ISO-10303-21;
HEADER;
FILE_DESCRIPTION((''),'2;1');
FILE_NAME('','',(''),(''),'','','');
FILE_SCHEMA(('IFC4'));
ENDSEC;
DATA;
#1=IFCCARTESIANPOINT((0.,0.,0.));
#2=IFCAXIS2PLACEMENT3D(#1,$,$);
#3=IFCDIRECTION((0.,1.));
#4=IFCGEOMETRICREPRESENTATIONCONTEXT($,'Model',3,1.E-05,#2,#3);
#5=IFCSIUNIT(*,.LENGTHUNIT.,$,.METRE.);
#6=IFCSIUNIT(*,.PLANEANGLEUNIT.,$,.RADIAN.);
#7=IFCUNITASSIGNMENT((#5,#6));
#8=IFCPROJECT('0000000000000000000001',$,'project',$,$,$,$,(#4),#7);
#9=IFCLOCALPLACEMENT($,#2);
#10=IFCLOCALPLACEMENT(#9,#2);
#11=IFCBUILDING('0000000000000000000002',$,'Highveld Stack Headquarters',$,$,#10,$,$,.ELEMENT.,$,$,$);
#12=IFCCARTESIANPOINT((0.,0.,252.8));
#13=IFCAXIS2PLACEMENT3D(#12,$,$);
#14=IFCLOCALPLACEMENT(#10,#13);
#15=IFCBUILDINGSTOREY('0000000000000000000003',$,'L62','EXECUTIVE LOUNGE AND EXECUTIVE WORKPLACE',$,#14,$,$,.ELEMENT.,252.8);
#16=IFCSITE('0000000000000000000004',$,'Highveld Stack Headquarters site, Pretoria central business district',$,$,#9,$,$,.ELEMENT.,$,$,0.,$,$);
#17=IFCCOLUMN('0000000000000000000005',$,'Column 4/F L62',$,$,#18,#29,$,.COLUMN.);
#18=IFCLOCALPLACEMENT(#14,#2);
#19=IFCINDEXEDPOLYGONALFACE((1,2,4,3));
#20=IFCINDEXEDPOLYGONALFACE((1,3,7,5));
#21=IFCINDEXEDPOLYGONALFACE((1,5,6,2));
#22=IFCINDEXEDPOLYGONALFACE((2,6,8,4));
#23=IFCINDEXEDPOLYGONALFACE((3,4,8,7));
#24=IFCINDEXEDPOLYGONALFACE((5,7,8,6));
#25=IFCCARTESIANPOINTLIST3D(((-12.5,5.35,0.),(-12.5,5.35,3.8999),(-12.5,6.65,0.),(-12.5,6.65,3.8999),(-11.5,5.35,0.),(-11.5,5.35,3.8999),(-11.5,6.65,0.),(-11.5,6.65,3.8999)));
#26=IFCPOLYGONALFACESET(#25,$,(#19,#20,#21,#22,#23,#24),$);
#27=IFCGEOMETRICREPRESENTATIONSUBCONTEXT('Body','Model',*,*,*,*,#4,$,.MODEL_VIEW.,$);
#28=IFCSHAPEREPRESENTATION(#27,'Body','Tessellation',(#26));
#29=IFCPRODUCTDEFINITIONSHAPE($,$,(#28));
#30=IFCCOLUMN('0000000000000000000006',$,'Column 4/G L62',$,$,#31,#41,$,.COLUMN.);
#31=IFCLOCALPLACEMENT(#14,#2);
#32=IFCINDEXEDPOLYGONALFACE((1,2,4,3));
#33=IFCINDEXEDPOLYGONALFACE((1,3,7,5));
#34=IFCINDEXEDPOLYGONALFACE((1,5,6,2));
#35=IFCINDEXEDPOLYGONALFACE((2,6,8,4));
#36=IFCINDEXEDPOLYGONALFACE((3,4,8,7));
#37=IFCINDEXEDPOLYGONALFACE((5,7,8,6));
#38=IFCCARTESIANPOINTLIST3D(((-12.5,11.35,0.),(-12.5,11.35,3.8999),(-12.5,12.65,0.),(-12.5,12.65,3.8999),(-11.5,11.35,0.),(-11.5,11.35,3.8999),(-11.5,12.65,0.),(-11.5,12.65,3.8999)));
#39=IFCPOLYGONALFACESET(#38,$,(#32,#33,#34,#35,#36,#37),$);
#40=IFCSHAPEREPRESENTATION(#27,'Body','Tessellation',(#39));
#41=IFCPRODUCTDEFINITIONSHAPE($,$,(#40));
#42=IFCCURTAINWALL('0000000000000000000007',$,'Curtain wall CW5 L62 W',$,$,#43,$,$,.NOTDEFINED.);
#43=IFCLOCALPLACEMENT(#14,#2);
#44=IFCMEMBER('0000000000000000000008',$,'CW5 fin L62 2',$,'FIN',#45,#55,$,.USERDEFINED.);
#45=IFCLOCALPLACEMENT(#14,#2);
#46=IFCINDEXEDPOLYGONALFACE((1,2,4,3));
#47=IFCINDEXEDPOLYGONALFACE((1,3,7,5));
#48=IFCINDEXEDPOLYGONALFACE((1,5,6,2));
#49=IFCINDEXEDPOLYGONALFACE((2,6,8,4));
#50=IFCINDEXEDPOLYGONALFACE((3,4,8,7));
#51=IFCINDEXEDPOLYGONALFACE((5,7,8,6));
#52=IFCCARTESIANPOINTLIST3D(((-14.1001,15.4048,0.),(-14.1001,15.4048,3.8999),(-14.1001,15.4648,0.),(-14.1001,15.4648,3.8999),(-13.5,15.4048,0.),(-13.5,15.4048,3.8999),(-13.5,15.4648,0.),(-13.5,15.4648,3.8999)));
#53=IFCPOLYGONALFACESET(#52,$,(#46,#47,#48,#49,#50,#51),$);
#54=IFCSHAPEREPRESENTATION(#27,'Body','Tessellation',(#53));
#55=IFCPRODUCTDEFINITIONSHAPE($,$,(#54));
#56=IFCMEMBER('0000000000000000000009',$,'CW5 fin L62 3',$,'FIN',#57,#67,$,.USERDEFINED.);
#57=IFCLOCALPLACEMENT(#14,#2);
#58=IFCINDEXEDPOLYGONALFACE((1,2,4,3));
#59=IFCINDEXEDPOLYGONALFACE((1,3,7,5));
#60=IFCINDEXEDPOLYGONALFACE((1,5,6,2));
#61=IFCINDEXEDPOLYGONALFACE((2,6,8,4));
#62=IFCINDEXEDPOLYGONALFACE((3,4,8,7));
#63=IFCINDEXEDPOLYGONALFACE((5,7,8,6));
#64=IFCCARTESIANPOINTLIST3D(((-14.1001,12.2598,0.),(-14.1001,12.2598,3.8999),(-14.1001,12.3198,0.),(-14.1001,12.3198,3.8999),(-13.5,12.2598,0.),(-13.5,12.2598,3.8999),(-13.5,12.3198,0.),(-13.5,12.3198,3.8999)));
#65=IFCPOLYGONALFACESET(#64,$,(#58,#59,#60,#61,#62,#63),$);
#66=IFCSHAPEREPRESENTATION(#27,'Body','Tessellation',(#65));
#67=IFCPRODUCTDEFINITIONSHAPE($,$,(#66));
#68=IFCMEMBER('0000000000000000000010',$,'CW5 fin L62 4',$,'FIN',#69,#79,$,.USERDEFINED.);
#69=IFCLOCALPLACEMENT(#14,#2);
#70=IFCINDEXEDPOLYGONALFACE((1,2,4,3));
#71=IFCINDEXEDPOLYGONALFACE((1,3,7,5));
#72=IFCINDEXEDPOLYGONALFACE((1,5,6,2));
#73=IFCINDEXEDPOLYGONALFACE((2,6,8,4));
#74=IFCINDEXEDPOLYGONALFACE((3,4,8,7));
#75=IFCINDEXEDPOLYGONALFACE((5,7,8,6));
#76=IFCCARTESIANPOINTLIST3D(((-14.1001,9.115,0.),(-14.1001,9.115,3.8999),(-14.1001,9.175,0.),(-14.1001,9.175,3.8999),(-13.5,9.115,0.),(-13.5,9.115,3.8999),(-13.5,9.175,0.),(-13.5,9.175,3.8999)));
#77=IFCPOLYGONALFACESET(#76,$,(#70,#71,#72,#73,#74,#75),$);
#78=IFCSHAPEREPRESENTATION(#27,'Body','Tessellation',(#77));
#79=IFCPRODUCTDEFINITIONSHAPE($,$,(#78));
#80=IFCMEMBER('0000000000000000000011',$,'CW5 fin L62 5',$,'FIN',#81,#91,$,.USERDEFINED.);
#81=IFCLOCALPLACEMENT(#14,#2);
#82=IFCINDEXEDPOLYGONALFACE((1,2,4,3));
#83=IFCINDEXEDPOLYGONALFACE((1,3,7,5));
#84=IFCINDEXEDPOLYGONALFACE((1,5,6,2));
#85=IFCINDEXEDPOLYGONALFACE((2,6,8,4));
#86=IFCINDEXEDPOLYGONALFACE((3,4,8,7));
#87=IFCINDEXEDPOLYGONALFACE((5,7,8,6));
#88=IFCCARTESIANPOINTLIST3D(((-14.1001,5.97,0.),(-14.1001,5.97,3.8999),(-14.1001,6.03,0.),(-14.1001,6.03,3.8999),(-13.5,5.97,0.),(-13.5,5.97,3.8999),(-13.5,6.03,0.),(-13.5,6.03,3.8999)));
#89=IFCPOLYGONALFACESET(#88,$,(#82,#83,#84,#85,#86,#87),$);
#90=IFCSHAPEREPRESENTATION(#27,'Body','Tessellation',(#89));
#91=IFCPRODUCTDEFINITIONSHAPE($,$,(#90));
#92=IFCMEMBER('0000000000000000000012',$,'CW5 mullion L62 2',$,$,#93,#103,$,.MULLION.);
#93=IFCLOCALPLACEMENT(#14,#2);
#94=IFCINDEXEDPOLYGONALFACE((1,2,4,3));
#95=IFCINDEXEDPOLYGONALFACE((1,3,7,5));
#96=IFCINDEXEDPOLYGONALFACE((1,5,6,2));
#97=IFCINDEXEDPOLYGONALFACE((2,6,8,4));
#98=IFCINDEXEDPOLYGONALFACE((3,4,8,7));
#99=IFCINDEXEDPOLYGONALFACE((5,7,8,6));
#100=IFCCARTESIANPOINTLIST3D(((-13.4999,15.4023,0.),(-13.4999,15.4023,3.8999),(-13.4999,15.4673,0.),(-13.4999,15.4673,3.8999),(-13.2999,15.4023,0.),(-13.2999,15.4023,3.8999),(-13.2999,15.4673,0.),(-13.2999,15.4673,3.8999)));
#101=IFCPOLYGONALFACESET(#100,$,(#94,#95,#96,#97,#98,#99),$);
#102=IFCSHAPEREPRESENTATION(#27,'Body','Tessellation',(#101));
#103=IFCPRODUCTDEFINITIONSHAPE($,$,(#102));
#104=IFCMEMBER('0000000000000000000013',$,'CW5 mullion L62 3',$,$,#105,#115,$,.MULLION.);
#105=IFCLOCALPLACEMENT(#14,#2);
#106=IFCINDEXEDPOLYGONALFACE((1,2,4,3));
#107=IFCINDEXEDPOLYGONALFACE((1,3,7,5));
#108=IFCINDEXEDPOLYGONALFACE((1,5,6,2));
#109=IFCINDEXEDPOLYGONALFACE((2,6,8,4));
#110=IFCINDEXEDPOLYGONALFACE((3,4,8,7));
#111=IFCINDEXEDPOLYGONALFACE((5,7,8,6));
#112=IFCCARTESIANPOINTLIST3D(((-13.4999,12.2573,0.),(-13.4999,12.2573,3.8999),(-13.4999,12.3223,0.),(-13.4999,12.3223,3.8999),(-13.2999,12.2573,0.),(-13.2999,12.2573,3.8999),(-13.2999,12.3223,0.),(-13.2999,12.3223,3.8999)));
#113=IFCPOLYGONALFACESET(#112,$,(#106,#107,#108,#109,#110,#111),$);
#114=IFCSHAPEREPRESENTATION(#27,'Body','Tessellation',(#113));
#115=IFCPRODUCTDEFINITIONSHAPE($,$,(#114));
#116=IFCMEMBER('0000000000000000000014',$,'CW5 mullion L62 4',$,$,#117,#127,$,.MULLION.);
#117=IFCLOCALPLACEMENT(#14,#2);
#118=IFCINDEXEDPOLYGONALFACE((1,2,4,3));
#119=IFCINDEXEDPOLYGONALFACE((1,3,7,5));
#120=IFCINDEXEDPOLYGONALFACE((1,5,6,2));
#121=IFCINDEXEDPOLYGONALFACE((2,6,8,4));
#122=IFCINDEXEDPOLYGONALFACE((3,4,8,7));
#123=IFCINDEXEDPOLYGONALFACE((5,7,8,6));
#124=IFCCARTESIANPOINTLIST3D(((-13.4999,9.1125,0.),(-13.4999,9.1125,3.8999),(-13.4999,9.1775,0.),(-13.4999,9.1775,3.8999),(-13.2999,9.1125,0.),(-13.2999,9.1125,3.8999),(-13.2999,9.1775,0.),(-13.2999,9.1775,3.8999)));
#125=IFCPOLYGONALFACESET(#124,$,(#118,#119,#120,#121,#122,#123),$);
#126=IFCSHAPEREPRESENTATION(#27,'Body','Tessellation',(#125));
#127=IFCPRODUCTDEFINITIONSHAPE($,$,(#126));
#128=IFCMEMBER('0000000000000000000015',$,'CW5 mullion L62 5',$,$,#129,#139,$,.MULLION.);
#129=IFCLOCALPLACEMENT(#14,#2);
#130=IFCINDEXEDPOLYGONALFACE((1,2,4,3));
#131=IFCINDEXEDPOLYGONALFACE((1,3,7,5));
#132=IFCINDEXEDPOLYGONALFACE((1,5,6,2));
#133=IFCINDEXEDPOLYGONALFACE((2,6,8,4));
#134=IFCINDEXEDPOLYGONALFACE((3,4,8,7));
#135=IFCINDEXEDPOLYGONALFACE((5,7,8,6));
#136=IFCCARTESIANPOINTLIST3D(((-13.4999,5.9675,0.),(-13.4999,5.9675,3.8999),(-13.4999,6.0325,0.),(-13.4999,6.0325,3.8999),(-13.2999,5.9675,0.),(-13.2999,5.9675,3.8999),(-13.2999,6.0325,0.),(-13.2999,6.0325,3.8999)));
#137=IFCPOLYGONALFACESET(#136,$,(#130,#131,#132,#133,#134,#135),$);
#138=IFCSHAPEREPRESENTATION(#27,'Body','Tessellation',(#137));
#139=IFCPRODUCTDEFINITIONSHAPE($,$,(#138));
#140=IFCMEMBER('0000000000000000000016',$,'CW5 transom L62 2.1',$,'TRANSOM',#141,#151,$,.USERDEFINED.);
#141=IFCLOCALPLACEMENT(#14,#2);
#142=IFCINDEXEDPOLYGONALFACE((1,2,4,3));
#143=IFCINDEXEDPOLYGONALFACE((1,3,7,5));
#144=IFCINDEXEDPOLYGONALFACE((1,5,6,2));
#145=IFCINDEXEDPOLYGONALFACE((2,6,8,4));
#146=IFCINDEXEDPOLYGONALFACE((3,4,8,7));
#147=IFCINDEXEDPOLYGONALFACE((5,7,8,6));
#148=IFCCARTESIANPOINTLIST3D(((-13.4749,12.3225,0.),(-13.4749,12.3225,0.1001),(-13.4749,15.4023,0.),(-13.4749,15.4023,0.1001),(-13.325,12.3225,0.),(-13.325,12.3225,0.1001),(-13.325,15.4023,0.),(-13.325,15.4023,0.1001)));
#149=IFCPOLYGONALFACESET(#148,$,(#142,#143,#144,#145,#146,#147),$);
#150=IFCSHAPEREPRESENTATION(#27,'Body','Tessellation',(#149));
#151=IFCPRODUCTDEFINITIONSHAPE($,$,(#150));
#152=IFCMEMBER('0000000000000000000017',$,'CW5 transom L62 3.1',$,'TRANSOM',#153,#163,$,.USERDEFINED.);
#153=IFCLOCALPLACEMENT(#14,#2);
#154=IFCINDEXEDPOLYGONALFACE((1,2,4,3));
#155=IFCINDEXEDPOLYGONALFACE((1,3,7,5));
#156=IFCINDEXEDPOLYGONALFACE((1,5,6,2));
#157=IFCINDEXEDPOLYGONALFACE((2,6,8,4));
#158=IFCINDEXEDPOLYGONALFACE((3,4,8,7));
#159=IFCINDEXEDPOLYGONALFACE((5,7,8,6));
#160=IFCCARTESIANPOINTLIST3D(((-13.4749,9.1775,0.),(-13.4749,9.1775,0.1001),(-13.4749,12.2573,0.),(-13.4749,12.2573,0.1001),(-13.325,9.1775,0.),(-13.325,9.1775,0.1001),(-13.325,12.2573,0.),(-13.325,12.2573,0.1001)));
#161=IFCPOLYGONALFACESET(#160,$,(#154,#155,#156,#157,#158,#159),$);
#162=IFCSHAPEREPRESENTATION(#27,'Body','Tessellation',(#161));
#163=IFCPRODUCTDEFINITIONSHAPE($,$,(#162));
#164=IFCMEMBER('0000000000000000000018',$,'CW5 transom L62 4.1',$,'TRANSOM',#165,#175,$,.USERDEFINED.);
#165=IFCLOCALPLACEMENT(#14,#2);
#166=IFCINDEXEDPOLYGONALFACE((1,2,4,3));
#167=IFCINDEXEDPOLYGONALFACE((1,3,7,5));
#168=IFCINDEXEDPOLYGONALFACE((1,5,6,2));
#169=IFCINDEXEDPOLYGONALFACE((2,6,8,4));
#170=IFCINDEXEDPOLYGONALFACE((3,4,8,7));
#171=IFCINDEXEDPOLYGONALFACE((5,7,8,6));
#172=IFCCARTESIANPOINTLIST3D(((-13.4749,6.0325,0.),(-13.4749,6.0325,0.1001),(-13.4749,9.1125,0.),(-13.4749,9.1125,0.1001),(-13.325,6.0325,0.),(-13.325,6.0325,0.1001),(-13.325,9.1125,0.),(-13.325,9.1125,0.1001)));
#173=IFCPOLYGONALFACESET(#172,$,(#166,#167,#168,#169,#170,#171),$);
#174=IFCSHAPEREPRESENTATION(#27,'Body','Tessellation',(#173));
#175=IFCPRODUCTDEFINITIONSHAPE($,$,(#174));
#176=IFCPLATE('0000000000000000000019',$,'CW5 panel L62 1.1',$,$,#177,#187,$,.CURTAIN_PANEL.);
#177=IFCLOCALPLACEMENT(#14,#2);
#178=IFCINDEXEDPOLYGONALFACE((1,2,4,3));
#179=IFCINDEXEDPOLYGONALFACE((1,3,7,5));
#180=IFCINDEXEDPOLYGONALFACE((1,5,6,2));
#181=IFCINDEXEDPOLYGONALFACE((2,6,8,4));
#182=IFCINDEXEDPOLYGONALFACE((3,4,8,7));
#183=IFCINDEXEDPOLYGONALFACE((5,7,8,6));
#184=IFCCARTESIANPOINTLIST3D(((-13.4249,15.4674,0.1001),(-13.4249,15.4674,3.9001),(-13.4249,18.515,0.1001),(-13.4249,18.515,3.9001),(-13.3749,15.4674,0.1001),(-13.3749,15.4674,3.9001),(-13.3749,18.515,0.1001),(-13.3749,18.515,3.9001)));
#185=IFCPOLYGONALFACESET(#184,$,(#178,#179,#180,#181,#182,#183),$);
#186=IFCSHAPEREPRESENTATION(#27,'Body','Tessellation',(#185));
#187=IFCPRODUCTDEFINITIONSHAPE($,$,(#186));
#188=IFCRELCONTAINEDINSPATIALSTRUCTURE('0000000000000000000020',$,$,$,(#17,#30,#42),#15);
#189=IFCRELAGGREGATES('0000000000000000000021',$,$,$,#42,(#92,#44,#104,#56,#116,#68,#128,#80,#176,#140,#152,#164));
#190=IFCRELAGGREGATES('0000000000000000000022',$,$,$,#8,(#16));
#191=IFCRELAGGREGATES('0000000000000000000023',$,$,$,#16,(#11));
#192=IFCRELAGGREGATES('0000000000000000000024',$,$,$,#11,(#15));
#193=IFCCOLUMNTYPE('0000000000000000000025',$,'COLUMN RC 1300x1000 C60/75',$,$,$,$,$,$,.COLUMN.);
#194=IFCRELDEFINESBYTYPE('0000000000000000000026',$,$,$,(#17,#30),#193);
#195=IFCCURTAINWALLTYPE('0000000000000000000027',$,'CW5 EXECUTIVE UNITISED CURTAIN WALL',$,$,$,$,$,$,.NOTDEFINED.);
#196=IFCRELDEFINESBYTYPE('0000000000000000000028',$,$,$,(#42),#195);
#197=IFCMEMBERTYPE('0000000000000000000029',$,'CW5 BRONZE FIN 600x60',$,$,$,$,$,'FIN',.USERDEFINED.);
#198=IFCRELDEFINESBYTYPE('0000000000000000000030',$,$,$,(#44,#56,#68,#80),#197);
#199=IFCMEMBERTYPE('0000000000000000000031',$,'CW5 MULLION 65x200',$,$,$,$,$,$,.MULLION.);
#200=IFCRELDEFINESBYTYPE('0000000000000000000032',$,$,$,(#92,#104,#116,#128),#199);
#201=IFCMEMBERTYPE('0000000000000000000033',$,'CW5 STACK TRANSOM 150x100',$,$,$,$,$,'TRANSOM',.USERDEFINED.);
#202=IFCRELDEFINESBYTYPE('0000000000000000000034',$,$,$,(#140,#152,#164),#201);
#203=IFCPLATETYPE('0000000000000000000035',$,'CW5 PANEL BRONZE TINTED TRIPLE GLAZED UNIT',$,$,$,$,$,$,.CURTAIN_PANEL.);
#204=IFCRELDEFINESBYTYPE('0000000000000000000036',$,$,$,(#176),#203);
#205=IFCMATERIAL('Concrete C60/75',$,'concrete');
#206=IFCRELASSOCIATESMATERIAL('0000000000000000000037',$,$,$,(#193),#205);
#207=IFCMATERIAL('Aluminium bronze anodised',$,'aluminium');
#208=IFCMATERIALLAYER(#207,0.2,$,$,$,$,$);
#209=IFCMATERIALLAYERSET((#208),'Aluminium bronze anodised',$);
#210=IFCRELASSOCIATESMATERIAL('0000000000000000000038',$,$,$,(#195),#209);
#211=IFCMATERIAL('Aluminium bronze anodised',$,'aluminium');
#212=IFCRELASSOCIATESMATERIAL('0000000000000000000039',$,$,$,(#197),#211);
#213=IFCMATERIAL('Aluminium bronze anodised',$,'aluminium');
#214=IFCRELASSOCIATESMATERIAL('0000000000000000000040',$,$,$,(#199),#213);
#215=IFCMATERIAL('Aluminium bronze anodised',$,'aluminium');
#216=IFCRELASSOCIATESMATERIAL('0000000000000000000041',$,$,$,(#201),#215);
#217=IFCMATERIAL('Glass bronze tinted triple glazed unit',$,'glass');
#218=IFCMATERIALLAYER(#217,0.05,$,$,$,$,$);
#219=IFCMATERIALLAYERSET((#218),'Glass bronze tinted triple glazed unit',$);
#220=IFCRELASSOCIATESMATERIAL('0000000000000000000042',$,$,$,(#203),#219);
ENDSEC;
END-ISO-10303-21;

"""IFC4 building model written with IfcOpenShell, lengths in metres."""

from ifc_helpers import new_model, si_unit, direction, frame, origin, origin_2d, place, context, subcontext, project, spatial, rectangle, extrude, material, layer, layer_set, material_profile, profile_set, type_object, element, aggregate, save


model = new_model("IFC4")

# Units and contexts
model_context = context("Model", 3, precision=1e-05, world=origin(), true_north=direction((0.0, 1.0)))
body_context = subcontext(model_context, "Body", "Model", "MODEL_VIEW")
ifc_project = project(units=[si_unit("LENGTHUNIT", "METRE"), si_unit("PLANEANGLEUNIT", "RADIAN")], contexts=[model_context])

# Site, building, storey
site_placement = place(None, origin())
site = spatial("IfcSite", under=ifc_project, at=site_placement, Name="Highveld Stack Headquarters site, Pretoria central business district", CompositionType="ELEMENT", RefElevation=0.0)
building_placement = place(site_placement, origin())
building = spatial("IfcBuilding", under=site, at=building_placement, Name="Highveld Stack Headquarters", CompositionType="ELEMENT")
storey_placement = place(building_placement, frame((0.0, 0.0, 252.8)))
storey = spatial("IfcBuildingStorey", under=building, at=storey_placement, Name="L62", Description="EXECUTIVE LOUNGE AND EXECUTIVE WORKPLACE", CompositionType="ELEMENT", Elevation=252.8)

# Columns
ifc_material_1 = material(Name="Concrete C60/75", Category="concrete")
ifc_material_profile_1 = material_profile(ifc_material_1, rectangle(XDim=1.3, YDim=1.0, at=origin_2d()), Name="RC 1300x1000")
ifc_profile_set_1 = profile_set([ifc_material_profile_1], Name="Concrete C60/75")
column_type = type_object("IfcColumnType", Name="COLUMN RC 1300x1000 C60/75", PredefinedType="COLUMN", material=ifc_profile_set_1)
for number, where, z_axis, x_axis, name in (
    (1, (-12.0, 6.0, 0.0), (0.0, 0.0, 1.0), (0.0, 1.0, 0.0), "Column 4/F L62"),
    (2, (-12.0, 12.0, 0.0), (0.0, 0.0, 1.0), (0.0, 1.0, 0.0), "Column 4/G L62"),
):
    element("IfcColumn", number, at=place(storey_placement, frame(where, z_axis=z_axis, x_axis=x_axis)), inside=storey, type_object=column_type, Name=name, PredefinedType="COLUMN", context=body_context, shape_type="SweptSolid", body=[
        extrude(rectangle(XDim=1.3, YDim=1.0, at=origin_2d()), origin(), (0.0, 0.0, 1.0), 3.8999),
    ])

# Curtain wall, members, plate
ifc_material_2 = material(Name="Aluminium bronze anodised", Category="aluminium")
ifc_layer_1 = layer(ifc_material_2, 0.2)
ifc_layer_set_1 = layer_set([ifc_layer_1], Name="Aluminium bronze anodised")
curtain_wall_type = type_object("IfcCurtainWallType", Name="CW5 EXECUTIVE UNITISED CURTAIN WALL", PredefinedType="NOTDEFINED", material=ifc_layer_set_1)
curtain_wall_placement = place(storey_placement, origin())
curtain_wall = element("IfcCurtainWall", 3, at=curtain_wall_placement, inside=storey, type_object=curtain_wall_type, Name="Curtain wall CW5 L62 W", PredefinedType="NOTDEFINED")
ifc_material_3 = material(Name="Aluminium bronze anodised", Category="aluminium")
ifc_material_profile_2 = material_profile(ifc_material_3, rectangle(XDim=0.6001, YDim=0.0601, at=origin_2d()), Name="FIN 600x60")
ifc_profile_set_2 = profile_set([ifc_material_profile_2], Name="Aluminium bronze anodised")
member_type_1 = type_object("IfcMemberType", Name="CW5 BRONZE FIN 600x60", ElementType="FIN", PredefinedType="USERDEFINED", material=ifc_profile_set_2)
member_1_placement = place(storey_placement, frame((-13.8, 15.4348, 0.0), z_axis=(0.0, 0.0, 1.0), x_axis=(1.0, 0.0, 0.0)))
member_1 = element("IfcMember", 4, at=member_1_placement, type_object=member_type_1, Name="CW5 fin L62 2", ObjectType="FIN", PredefinedType="USERDEFINED", context=body_context, shape_type="SweptSolid", body=[
    extrude(rectangle(XDim=0.6001, YDim=0.0601, at=origin_2d()), origin(), (0.0, 0.0, 1.0), 3.8999),
])
member_2_placement = place(storey_placement, frame((-13.8, 12.2898, 0.0), z_axis=(0.0, 0.0, 1.0), x_axis=(1.0, 0.0, 0.0)))
member_2 = element("IfcMember", 5, at=member_2_placement, type_object=member_type_1, Name="CW5 fin L62 3", ObjectType="FIN", PredefinedType="USERDEFINED", context=body_context, shape_type="SweptSolid", body=[
    extrude(rectangle(XDim=0.6001, YDim=0.0601, at=origin_2d()), origin(), (0.0, 0.0, 1.0), 3.8999),
])
member_3_placement = place(storey_placement, frame((-13.8, 9.145, 0.0), z_axis=(0.0, 0.0, 1.0), x_axis=(1.0, 0.0, 0.0)))
member_3 = element("IfcMember", 6, at=member_3_placement, type_object=member_type_1, Name="CW5 fin L62 4", ObjectType="FIN", PredefinedType="USERDEFINED", context=body_context, shape_type="SweptSolid", body=[
    extrude(rectangle(XDim=0.6001, YDim=0.0601, at=origin_2d()), origin(), (0.0, 0.0, 1.0), 3.8999),
])
member_4_placement = place(storey_placement, frame((-13.8, 6.0, 0.0), z_axis=(0.0, 0.0, 1.0), x_axis=(1.0, 0.0, 0.0)))
member_4 = element("IfcMember", 7, at=member_4_placement, type_object=member_type_1, Name="CW5 fin L62 5", ObjectType="FIN", PredefinedType="USERDEFINED", context=body_context, shape_type="SweptSolid", body=[
    extrude(rectangle(XDim=0.6001, YDim=0.0601, at=origin_2d()), origin(), (0.0, 0.0, 1.0), 3.8999),
])
ifc_material_4 = material(Name="Aluminium bronze anodised", Category="aluminium")
ifc_material_profile_3 = material_profile(ifc_material_4, rectangle(XDim=0.2, YDim=0.0649, at=origin_2d()), Name="CW5 MULLION 65x200")
ifc_profile_set_3 = profile_set([ifc_material_profile_3], Name="Aluminium bronze anodised")
member_type_2 = type_object("IfcMemberType", Name="CW5 MULLION 65x200", PredefinedType="MULLION", material=ifc_profile_set_3)
member_5_placement = place(storey_placement, frame((-13.3999, 15.4348, 0.0), z_axis=(0.0, 0.0, 1.0), x_axis=(1.0, 0.0, 0.0)))
member_5 = element("IfcMember", 8, at=member_5_placement, type_object=member_type_2, Name="CW5 mullion L62 2", PredefinedType="MULLION", context=body_context, shape_type="SweptSolid", body=[
    extrude(rectangle(XDim=0.2, YDim=0.0649, at=origin_2d()), origin(), (0.0, 0.0, 1.0), 3.8999),
])
member_6_placement = place(storey_placement, frame((-13.3999, 12.2898, 0.0), z_axis=(0.0, 0.0, 1.0), x_axis=(1.0, 0.0, 0.0)))
member_6 = element("IfcMember", 9, at=member_6_placement, type_object=member_type_2, Name="CW5 mullion L62 3", PredefinedType="MULLION", context=body_context, shape_type="SweptSolid", body=[
    extrude(rectangle(XDim=0.2, YDim=0.0649, at=origin_2d()), origin(), (0.0, 0.0, 1.0), 3.8999),
])
member_7_placement = place(storey_placement, frame((-13.3999, 9.145, 0.0), z_axis=(0.0, 0.0, 1.0), x_axis=(1.0, 0.0, 0.0)))
member_7 = element("IfcMember", 10, at=member_7_placement, type_object=member_type_2, Name="CW5 mullion L62 4", PredefinedType="MULLION", context=body_context, shape_type="SweptSolid", body=[
    extrude(rectangle(XDim=0.2, YDim=0.0649, at=origin_2d()), origin(), (0.0, 0.0, 1.0), 3.8999),
])
member_8_placement = place(storey_placement, frame((-13.3999, 6.0, 0.0), z_axis=(0.0, 0.0, 1.0), x_axis=(1.0, 0.0, 0.0)))
member_8 = element("IfcMember", 11, at=member_8_placement, type_object=member_type_2, Name="CW5 mullion L62 5", PredefinedType="MULLION", context=body_context, shape_type="SweptSolid", body=[
    extrude(rectangle(XDim=0.2, YDim=0.0649, at=origin_2d()), origin(), (0.0, 0.0, 1.0), 3.8999),
])
ifc_material_5 = material(Name="Aluminium bronze anodised", Category="aluminium")
ifc_material_profile_4 = material_profile(ifc_material_5, rectangle(XDim=0.1499, YDim=0.1001, at=origin_2d()), Name="CW5 TRANSOM 150x100")
ifc_profile_set_4 = profile_set([ifc_material_profile_4], Name="Aluminium bronze anodised")
member_type_3 = type_object("IfcMemberType", Name="CW5 STACK TRANSOM 150x100", ElementType="TRANSOM", PredefinedType="USERDEFINED", material=ifc_profile_set_4)
member_9_placement = place(storey_placement, frame((-13.3999, 15.4023, 0.05), z_axis=(0.0, -1.0, 0.0), x_axis=(1.0, 0.0, 0.0)))
member_9 = element("IfcMember", 12, at=member_9_placement, type_object=member_type_3, Name="CW5 transom L62 2.1", ObjectType="TRANSOM", PredefinedType="USERDEFINED", context=body_context, shape_type="SweptSolid", body=[
    extrude(rectangle(XDim=0.1499, YDim=0.1001, at=origin_2d()), origin(), (0.0, 0.0, 1.0), 3.0798),
])
member_10_placement = place(storey_placement, frame((-13.3999, 12.2573, 0.05), z_axis=(0.0, -1.0, 0.0), x_axis=(1.0, 0.0, 0.0)))
member_10 = element("IfcMember", 13, at=member_10_placement, type_object=member_type_3, Name="CW5 transom L62 3.1", ObjectType="TRANSOM", PredefinedType="USERDEFINED", context=body_context, shape_type="SweptSolid", body=[
    extrude(rectangle(XDim=0.1499, YDim=0.1001, at=origin_2d()), origin(), (0.0, 0.0, 1.0), 3.0798),
])
member_11_placement = place(storey_placement, frame((-13.3999, 9.1125, 0.05), z_axis=(0.0, -1.0, 0.0), x_axis=(1.0, 0.0, 0.0)))
member_11 = element("IfcMember", 14, at=member_11_placement, type_object=member_type_3, Name="CW5 transom L62 4.1", ObjectType="TRANSOM", PredefinedType="USERDEFINED", context=body_context, shape_type="SweptSolid", body=[
    extrude(rectangle(XDim=0.1499, YDim=0.1001, at=origin_2d()), origin(), (0.0, 0.0, 1.0), 3.0801),
])
ifc_material_6 = material(Name="Glass bronze tinted triple glazed unit", Category="glass")
ifc_layer_2 = layer(ifc_material_6, 0.05)
ifc_layer_set_2 = layer_set([ifc_layer_2], Name="Glass bronze tinted triple glazed unit")
plate_type = type_object("IfcPlateType", Name="CW5 PANEL BRONZE TINTED TRIPLE GLAZED UNIT", PredefinedType="CURTAIN_PANEL", material=ifc_layer_set_2)
plate_1_placement = place(storey_placement, frame((-13.3999, 16.9912, 0.1001), z_axis=(0.0, 0.0, 1.0), x_axis=(0.0, -1.0, 0.0)))
plate_1 = element("IfcPlate", 15, at=plate_1_placement, type_object=plate_type, Name="CW5 panel L62 1.1", PredefinedType="CURTAIN_PANEL", context=body_context, shape_type="SweptSolid", body=[
    extrude(rectangle(XDim=3.0476, YDim=0.05, at=origin_2d()), origin(), (0.0, 0.0, 1.0), 3.8),
])
aggregate(curtain_wall, [member_5, member_1, member_6, member_2, member_7, member_3, member_8, member_4, plate_1, member_9, member_10, member_11])

save(model, "model.ifc")
